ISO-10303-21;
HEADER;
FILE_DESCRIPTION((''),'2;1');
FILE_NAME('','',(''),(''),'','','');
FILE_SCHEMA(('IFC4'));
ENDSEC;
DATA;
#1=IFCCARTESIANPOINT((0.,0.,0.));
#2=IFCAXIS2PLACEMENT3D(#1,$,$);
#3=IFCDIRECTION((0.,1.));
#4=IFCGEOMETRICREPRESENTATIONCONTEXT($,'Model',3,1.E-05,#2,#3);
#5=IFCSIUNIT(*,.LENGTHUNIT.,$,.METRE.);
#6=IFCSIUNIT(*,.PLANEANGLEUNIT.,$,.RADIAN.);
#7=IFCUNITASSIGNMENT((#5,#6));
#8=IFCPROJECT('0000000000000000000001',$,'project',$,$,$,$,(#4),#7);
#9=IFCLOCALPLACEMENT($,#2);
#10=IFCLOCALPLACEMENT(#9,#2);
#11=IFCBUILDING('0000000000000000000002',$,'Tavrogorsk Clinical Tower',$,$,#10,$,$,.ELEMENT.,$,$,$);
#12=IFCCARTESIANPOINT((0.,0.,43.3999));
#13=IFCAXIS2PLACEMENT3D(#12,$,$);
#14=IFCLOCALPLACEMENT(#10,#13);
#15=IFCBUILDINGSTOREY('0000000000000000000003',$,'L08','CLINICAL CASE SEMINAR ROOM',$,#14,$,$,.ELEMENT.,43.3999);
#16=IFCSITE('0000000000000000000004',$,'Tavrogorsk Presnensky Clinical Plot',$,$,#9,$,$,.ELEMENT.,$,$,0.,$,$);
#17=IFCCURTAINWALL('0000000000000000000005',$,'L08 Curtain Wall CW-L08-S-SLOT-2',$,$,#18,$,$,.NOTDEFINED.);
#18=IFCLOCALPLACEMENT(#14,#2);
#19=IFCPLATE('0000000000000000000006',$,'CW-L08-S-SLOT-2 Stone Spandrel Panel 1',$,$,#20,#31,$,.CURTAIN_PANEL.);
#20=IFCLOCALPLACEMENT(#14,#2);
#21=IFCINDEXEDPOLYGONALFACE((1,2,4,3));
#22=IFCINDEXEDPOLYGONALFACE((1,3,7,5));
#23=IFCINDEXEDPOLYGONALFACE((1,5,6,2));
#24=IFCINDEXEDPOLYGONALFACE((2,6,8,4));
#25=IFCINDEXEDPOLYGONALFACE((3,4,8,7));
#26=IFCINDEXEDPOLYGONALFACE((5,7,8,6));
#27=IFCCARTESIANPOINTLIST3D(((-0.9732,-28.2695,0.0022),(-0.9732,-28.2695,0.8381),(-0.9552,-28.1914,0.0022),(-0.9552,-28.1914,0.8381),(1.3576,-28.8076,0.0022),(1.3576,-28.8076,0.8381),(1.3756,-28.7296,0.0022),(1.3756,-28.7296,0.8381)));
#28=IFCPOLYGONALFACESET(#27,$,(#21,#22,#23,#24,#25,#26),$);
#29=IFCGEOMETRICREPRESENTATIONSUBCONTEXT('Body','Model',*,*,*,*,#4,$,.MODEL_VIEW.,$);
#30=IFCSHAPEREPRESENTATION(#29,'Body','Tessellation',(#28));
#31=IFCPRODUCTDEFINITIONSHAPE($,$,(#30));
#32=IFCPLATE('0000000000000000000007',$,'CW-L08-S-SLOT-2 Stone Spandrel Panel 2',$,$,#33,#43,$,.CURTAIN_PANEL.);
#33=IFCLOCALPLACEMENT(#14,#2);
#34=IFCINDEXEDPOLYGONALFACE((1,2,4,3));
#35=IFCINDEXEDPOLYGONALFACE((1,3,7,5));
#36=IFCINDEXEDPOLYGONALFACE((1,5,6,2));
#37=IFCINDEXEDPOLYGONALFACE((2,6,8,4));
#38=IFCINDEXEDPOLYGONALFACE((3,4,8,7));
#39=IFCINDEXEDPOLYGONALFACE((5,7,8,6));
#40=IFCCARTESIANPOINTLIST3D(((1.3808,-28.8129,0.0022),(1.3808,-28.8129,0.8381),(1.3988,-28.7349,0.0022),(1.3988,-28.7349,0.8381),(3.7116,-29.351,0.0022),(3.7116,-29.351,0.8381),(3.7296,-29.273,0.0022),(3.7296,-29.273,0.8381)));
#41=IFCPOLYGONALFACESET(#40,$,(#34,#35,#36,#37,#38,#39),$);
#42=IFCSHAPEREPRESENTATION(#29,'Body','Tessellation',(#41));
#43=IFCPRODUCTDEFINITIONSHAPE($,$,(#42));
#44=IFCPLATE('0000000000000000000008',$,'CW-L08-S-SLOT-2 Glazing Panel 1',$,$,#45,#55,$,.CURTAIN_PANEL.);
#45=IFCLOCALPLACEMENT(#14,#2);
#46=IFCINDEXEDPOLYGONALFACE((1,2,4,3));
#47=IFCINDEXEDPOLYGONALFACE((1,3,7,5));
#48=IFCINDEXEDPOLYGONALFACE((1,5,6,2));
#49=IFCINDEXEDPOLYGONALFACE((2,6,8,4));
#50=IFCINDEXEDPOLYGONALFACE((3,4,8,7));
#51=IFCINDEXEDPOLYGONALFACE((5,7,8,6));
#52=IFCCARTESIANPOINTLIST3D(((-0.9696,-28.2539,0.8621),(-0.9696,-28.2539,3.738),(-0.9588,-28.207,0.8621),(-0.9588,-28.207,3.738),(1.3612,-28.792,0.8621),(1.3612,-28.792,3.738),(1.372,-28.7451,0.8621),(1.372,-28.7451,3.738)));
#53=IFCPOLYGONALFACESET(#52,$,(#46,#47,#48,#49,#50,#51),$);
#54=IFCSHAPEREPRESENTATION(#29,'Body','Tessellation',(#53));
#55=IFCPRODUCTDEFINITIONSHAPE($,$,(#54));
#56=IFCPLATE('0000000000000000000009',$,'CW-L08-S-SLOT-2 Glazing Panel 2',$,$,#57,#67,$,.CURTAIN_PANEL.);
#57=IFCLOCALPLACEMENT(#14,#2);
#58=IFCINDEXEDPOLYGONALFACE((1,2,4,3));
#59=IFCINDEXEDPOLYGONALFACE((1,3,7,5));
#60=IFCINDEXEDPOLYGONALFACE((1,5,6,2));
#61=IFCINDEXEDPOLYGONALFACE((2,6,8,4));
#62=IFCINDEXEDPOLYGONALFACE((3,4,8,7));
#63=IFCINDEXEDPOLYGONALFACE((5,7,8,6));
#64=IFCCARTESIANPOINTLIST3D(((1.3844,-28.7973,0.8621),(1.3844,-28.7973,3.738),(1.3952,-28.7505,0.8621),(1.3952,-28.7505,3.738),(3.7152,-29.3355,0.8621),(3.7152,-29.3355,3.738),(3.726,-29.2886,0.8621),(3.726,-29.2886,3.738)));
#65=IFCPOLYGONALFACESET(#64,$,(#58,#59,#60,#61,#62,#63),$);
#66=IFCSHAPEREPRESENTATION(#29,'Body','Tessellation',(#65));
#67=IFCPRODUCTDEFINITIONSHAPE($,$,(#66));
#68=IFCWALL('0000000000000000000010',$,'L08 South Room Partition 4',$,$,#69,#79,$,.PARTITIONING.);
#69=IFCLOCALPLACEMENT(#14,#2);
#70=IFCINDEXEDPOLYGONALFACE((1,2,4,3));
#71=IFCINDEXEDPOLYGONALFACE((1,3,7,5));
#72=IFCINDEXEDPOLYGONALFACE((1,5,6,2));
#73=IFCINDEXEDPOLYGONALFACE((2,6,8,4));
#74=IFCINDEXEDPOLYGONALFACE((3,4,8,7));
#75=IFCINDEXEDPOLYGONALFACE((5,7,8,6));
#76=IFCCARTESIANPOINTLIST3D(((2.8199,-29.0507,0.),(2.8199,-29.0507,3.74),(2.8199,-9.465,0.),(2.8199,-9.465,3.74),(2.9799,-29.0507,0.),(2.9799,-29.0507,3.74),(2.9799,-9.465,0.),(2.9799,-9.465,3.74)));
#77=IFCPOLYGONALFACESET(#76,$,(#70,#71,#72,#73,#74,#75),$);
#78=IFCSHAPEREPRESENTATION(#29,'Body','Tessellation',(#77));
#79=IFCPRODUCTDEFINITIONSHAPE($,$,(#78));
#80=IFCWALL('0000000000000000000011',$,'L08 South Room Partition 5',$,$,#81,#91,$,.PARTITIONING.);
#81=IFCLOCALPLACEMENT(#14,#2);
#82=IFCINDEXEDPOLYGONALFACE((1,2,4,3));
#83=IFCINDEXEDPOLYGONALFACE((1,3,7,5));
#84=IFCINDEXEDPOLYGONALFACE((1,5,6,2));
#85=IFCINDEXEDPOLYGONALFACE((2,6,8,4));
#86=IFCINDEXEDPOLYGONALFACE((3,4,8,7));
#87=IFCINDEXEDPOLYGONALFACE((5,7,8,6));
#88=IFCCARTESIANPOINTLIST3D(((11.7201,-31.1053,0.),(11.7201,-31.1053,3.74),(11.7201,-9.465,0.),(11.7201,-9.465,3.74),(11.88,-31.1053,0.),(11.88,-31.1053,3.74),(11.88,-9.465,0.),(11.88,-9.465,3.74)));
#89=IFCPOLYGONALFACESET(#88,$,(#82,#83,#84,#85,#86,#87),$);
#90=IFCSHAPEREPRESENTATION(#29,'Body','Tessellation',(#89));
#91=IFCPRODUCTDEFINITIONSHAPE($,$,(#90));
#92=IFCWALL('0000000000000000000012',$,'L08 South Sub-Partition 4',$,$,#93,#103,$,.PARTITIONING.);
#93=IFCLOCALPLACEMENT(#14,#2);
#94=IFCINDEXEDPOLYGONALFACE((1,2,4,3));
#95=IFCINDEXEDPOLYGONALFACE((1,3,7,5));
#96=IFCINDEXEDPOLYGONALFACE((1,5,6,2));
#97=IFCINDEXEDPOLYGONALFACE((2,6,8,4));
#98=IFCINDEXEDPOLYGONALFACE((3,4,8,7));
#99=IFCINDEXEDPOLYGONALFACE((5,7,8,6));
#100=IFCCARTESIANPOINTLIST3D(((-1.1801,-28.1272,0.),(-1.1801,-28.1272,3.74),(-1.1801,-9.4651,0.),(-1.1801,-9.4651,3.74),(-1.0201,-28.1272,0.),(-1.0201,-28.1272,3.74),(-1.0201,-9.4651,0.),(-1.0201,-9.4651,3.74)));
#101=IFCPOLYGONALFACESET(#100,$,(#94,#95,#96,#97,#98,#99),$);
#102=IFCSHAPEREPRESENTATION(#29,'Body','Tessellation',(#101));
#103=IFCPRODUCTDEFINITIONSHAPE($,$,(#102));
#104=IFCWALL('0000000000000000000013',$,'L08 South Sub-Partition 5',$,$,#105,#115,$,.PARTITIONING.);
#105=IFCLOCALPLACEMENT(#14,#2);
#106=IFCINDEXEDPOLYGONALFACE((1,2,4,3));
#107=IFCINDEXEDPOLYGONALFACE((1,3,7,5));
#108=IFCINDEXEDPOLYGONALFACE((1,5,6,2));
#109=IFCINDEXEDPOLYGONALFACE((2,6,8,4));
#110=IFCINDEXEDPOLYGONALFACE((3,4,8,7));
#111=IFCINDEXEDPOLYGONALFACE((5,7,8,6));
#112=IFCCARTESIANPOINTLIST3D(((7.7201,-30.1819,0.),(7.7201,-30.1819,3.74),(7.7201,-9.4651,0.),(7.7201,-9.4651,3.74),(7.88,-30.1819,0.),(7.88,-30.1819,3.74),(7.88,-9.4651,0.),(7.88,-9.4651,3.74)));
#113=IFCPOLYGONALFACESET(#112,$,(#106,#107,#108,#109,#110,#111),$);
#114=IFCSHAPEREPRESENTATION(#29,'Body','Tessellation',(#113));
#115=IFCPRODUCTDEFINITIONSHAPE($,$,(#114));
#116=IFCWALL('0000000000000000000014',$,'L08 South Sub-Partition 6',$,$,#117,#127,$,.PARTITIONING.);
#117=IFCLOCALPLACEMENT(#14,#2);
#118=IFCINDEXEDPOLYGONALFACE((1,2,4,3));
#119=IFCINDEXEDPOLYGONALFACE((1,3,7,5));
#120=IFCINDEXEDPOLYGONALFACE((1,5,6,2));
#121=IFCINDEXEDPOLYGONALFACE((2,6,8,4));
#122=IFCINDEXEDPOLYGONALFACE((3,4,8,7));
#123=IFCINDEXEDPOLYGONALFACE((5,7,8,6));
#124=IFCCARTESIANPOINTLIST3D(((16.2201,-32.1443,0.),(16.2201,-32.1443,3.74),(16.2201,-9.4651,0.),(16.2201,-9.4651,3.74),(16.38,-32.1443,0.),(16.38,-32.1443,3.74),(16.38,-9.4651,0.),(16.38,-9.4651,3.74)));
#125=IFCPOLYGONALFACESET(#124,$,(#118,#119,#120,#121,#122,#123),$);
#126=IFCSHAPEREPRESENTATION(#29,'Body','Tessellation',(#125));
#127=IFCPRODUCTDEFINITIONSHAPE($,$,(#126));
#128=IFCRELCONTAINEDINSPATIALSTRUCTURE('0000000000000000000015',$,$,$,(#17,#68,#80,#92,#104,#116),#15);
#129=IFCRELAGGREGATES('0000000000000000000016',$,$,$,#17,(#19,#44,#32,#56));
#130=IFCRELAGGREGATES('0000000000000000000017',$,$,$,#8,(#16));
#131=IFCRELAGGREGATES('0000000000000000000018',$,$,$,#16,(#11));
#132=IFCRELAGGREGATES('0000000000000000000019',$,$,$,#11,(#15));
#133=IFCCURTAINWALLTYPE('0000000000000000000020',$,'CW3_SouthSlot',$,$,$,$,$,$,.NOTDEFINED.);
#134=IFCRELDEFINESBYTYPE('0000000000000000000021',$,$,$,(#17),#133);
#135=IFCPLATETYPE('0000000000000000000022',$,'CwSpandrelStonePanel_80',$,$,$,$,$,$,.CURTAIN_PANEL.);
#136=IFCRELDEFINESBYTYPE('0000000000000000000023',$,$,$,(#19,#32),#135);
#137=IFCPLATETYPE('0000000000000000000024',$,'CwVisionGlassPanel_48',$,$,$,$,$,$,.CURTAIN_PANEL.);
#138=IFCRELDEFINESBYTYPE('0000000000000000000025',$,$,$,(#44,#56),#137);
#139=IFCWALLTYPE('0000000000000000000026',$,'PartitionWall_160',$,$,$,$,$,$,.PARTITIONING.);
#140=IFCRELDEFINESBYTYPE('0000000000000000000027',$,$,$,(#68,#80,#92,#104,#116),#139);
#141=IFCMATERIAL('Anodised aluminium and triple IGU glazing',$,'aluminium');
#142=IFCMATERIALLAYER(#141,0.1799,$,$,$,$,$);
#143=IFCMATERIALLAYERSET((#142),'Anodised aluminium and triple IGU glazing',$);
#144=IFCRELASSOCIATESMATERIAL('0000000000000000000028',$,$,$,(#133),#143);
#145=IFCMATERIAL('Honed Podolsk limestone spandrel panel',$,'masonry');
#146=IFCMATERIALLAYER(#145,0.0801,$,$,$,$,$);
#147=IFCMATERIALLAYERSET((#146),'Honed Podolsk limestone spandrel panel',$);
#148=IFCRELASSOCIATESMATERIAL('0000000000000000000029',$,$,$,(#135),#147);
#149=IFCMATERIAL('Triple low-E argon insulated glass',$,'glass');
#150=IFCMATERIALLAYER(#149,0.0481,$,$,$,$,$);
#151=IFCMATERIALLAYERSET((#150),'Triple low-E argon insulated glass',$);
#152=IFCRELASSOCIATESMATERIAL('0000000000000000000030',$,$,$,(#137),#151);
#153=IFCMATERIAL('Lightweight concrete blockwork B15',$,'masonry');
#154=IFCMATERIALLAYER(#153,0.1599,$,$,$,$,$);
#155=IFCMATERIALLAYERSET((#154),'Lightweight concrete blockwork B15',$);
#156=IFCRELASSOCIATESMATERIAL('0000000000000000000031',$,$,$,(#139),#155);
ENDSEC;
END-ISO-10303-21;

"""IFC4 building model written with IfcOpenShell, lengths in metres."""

from ifc_helpers import new_model, si_unit, direction, frame, frame_2d, origin, origin_2d, place, context, subcontext, project, spatial, rectangle, extrude, material, layer, layer_set, type_object, element, aggregate, save


model = new_model("IFC4")

# Units and contexts
model_context = context("Model", 3, precision=1e-05, world=origin(), true_north=direction((0.0, 1.0)))
body_context = subcontext(model_context, "Body", "Model", "MODEL_VIEW")
ifc_project = project(units=[si_unit("LENGTHUNIT", "METRE"), si_unit("PLANEANGLEUNIT", "RADIAN")], contexts=[model_context])

# Site, building, storey
site_placement = place(None, origin())
site = spatial("IfcSite", under=ifc_project, at=site_placement, Name="Tavrogorsk Presnensky Clinical Plot", CompositionType="ELEMENT", RefElevation=0.0)
building_placement = place(site_placement, origin())
building = spatial("IfcBuilding", under=site, at=building_placement, Name="Tavrogorsk Clinical Tower", CompositionType="ELEMENT")
storey_placement = place(building_placement, frame((0.0, 0.0, 43.3999)))
storey = spatial("IfcBuildingStorey", under=building, at=storey_placement, Name="L08", Description="CLINICAL CASE SEMINAR ROOM", CompositionType="ELEMENT", Elevation=43.3999)

# Curtain wall
ifc_material_1 = material(Name="Anodised aluminium and triple IGU glazing", Category="aluminium")
ifc_layer_1 = layer(ifc_material_1, 0.1799)
ifc_layer_set_1 = layer_set([ifc_layer_1], Name="Anodised aluminium and triple IGU glazing")
curtain_wall_type = type_object("IfcCurtainWallType", Name="CW3_SouthSlot", PredefinedType="NOTDEFINED", material=ifc_layer_set_1)
curtain_wall_placement = place(storey_placement, origin())
curtain_wall = element("IfcCurtainWall", 1, at=curtain_wall_placement, inside=storey, type_object=curtain_wall_type, Name="L08 Curtain Wall CW-L08-S-SLOT-2", PredefinedType="NOTDEFINED")

# Plates
ifc_material_2 = material(Name="Honed Podolsk limestone spandrel panel", Category="masonry")
ifc_layer_2 = layer(ifc_material_2, 0.0801)
ifc_layer_set_2 = layer_set([ifc_layer_2], Name="Honed Podolsk limestone spandrel panel")
plate_type_1 = type_object("IfcPlateType", Name="CwSpandrelStonePanel_80", PredefinedType="CURTAIN_PANEL", material=ifc_layer_set_2)
plate_1_placement = place(storey_placement, frame((0.2012, -28.4995, 0.0022), z_axis=(0.0, 0.0, 1.0), x_axis=(0.97437, -0.224951, 0.0)))
plate_1 = element("IfcPlate", 2, at=plate_1_placement, type_object=plate_type_1, Name="CW-L08-S-SLOT-2 Stone Spandrel Panel 1", PredefinedType="CURTAIN_PANEL", context=body_context, shape_type="SweptSolid", body=[
    extrude(rectangle(XDim=2.3921, YDim=0.0801, at=origin_2d()), origin(), (0.0, 0.0, 1.0), 0.8359),
])
plate_2_placement = place(storey_placement, frame((2.5552, -29.043, 0.0022), z_axis=(0.0, 0.0, 1.0), x_axis=(0.97437, -0.224951, 0.0)))
plate_2 = element("IfcPlate", 3, at=plate_2_placement, type_object=plate_type_1, Name="CW-L08-S-SLOT-2 Stone Spandrel Panel 2", PredefinedType="CURTAIN_PANEL", context=body_context, shape_type="SweptSolid", body=[
    extrude(rectangle(XDim=2.3921, YDim=0.0801, at=origin_2d()), origin(), (0.0, 0.0, 1.0), 0.8359),
])
ifc_material_3 = material(Name="Triple low-E argon insulated glass", Category="glass")
ifc_layer_3 = layer(ifc_material_3, 0.0481)
ifc_layer_set_3 = layer_set([ifc_layer_3], Name="Triple low-E argon insulated glass")
plate_type_2 = type_object("IfcPlateType", Name="CwVisionGlassPanel_48", PredefinedType="CURTAIN_PANEL", material=ifc_layer_set_3)
plate_3_placement = place(storey_placement, frame((0.2012, -28.4995, 0.8621), z_axis=(0.0, 0.0, 1.0), x_axis=(0.97437, -0.224951, 0.0)))
plate_3 = element("IfcPlate", 4, at=plate_3_placement, type_object=plate_type_2, Name="CW-L08-S-SLOT-2 Glazing Panel 1", PredefinedType="CURTAIN_PANEL", context=body_context, shape_type="SweptSolid", body=[
    extrude(rectangle(XDim=2.3921, YDim=0.0481, at=origin_2d()), origin(), (0.0, 0.0, 1.0), 2.876),
])
plate_4_placement = place(storey_placement, frame((2.5552, -29.043, 0.8621), z_axis=(0.0, 0.0, 1.0), x_axis=(0.97437, -0.224951, 0.0)))
plate_4 = element("IfcPlate", 5, at=plate_4_placement, type_object=plate_type_2, Name="CW-L08-S-SLOT-2 Glazing Panel 2", PredefinedType="CURTAIN_PANEL", context=body_context, shape_type="SweptSolid", body=[
    extrude(rectangle(XDim=2.3921, YDim=0.0481, at=origin_2d()), origin(), (0.0, 0.0, 1.0), 2.876),
])
aggregate(curtain_wall, [plate_1, plate_3, plate_2, plate_4])

# Walls
ifc_material_4 = material(Name="Lightweight concrete blockwork B15", Category="masonry")
ifc_layer_4 = layer(ifc_material_4, 0.1599)
ifc_layer_set_4 = layer_set([ifc_layer_4], Name="Lightweight concrete blockwork B15")
wall_type_1 = type_object("IfcWallType", Name="PartitionWall_160", PredefinedType="PARTITIONING", material=ifc_layer_set_4)
wall_1_placement = place(storey_placement, frame((2.8999, -29.0508, 0.0), z_axis=(0.0, 0.0, 1.0), x_axis=(0.0, 1.0, 0.0)))
element("IfcWall", 6, at=wall_1_placement, inside=storey, type_object=wall_type_1, Name="L08 South Room Partition 4", PredefinedType="PARTITIONING", context=body_context, shape_type="SweptSolid", body=[
    extrude(rectangle(XDim=19.5857, YDim=0.1599, at=frame_2d((9.793, 0.0))), origin(), (0.0, 0.0, 1.0), 3.74),
])
wall_2_placement = place(storey_placement, frame((11.8, -31.1055, 0.0), z_axis=(0.0, 0.0, 1.0), x_axis=(0.0, 1.0, 0.0)))
element("IfcWall", 7, at=wall_2_placement, inside=storey, type_object=wall_type_1, Name="L08 South Room Partition 5", PredefinedType="PARTITIONING", context=body_context, shape_type="SweptSolid", body=[
    extrude(rectangle(XDim=21.6404, YDim=0.1599, at=frame_2d((10.8203, 0.0))), origin(), (0.0, 0.0, 1.0), 3.74),
])
wall_3_placement = place(storey_placement, frame((-1.1001, -28.1272, 0.0), z_axis=(0.0, 0.0, 1.0), x_axis=(0.0, 1.0, 0.0)))
element("IfcWall", 8, at=wall_3_placement, inside=storey, type_object=wall_type_1, Name="L08 South Sub-Partition 4", PredefinedType="PARTITIONING", context=body_context, shape_type="SweptSolid", body=[
    extrude(rectangle(XDim=18.6621, YDim=0.1599, at=frame_2d((9.3311, 0.0))), origin(), (0.0, 0.0, 1.0), 3.74),
])
wall_4_placement = place(storey_placement, frame((7.8, -30.1819, 0.0), z_axis=(0.0, 0.0, 1.0), x_axis=(0.0, 1.0, 0.0)))
element("IfcWall", 9, at=wall_4_placement, inside=storey, type_object=wall_type_1, Name="L08 South Sub-Partition 5", PredefinedType="PARTITIONING", context=body_context, shape_type="SweptSolid", body=[
    extrude(rectangle(XDim=20.7168, YDim=0.1599, at=frame_2d((10.3584, 0.0))), origin(), (0.0, 0.0, 1.0), 3.74),
])
wall_5_placement = place(storey_placement, frame((16.3, -32.1443, 0.0), z_axis=(0.0, 0.0, 1.0), x_axis=(0.0, 1.0, 0.0)))
element("IfcWall", 10, at=wall_5_placement, inside=storey, type_object=wall_type_1, Name="L08 South Sub-Partition 6", PredefinedType="PARTITIONING", context=body_context, shape_type="SweptSolid", body=[
    extrude(rectangle(XDim=22.6792, YDim=0.1599, at=frame_2d((11.3396, 0.0))), origin(), (0.0, 0.0, 1.0), 3.74),
])

save(model, "model.ifc")
